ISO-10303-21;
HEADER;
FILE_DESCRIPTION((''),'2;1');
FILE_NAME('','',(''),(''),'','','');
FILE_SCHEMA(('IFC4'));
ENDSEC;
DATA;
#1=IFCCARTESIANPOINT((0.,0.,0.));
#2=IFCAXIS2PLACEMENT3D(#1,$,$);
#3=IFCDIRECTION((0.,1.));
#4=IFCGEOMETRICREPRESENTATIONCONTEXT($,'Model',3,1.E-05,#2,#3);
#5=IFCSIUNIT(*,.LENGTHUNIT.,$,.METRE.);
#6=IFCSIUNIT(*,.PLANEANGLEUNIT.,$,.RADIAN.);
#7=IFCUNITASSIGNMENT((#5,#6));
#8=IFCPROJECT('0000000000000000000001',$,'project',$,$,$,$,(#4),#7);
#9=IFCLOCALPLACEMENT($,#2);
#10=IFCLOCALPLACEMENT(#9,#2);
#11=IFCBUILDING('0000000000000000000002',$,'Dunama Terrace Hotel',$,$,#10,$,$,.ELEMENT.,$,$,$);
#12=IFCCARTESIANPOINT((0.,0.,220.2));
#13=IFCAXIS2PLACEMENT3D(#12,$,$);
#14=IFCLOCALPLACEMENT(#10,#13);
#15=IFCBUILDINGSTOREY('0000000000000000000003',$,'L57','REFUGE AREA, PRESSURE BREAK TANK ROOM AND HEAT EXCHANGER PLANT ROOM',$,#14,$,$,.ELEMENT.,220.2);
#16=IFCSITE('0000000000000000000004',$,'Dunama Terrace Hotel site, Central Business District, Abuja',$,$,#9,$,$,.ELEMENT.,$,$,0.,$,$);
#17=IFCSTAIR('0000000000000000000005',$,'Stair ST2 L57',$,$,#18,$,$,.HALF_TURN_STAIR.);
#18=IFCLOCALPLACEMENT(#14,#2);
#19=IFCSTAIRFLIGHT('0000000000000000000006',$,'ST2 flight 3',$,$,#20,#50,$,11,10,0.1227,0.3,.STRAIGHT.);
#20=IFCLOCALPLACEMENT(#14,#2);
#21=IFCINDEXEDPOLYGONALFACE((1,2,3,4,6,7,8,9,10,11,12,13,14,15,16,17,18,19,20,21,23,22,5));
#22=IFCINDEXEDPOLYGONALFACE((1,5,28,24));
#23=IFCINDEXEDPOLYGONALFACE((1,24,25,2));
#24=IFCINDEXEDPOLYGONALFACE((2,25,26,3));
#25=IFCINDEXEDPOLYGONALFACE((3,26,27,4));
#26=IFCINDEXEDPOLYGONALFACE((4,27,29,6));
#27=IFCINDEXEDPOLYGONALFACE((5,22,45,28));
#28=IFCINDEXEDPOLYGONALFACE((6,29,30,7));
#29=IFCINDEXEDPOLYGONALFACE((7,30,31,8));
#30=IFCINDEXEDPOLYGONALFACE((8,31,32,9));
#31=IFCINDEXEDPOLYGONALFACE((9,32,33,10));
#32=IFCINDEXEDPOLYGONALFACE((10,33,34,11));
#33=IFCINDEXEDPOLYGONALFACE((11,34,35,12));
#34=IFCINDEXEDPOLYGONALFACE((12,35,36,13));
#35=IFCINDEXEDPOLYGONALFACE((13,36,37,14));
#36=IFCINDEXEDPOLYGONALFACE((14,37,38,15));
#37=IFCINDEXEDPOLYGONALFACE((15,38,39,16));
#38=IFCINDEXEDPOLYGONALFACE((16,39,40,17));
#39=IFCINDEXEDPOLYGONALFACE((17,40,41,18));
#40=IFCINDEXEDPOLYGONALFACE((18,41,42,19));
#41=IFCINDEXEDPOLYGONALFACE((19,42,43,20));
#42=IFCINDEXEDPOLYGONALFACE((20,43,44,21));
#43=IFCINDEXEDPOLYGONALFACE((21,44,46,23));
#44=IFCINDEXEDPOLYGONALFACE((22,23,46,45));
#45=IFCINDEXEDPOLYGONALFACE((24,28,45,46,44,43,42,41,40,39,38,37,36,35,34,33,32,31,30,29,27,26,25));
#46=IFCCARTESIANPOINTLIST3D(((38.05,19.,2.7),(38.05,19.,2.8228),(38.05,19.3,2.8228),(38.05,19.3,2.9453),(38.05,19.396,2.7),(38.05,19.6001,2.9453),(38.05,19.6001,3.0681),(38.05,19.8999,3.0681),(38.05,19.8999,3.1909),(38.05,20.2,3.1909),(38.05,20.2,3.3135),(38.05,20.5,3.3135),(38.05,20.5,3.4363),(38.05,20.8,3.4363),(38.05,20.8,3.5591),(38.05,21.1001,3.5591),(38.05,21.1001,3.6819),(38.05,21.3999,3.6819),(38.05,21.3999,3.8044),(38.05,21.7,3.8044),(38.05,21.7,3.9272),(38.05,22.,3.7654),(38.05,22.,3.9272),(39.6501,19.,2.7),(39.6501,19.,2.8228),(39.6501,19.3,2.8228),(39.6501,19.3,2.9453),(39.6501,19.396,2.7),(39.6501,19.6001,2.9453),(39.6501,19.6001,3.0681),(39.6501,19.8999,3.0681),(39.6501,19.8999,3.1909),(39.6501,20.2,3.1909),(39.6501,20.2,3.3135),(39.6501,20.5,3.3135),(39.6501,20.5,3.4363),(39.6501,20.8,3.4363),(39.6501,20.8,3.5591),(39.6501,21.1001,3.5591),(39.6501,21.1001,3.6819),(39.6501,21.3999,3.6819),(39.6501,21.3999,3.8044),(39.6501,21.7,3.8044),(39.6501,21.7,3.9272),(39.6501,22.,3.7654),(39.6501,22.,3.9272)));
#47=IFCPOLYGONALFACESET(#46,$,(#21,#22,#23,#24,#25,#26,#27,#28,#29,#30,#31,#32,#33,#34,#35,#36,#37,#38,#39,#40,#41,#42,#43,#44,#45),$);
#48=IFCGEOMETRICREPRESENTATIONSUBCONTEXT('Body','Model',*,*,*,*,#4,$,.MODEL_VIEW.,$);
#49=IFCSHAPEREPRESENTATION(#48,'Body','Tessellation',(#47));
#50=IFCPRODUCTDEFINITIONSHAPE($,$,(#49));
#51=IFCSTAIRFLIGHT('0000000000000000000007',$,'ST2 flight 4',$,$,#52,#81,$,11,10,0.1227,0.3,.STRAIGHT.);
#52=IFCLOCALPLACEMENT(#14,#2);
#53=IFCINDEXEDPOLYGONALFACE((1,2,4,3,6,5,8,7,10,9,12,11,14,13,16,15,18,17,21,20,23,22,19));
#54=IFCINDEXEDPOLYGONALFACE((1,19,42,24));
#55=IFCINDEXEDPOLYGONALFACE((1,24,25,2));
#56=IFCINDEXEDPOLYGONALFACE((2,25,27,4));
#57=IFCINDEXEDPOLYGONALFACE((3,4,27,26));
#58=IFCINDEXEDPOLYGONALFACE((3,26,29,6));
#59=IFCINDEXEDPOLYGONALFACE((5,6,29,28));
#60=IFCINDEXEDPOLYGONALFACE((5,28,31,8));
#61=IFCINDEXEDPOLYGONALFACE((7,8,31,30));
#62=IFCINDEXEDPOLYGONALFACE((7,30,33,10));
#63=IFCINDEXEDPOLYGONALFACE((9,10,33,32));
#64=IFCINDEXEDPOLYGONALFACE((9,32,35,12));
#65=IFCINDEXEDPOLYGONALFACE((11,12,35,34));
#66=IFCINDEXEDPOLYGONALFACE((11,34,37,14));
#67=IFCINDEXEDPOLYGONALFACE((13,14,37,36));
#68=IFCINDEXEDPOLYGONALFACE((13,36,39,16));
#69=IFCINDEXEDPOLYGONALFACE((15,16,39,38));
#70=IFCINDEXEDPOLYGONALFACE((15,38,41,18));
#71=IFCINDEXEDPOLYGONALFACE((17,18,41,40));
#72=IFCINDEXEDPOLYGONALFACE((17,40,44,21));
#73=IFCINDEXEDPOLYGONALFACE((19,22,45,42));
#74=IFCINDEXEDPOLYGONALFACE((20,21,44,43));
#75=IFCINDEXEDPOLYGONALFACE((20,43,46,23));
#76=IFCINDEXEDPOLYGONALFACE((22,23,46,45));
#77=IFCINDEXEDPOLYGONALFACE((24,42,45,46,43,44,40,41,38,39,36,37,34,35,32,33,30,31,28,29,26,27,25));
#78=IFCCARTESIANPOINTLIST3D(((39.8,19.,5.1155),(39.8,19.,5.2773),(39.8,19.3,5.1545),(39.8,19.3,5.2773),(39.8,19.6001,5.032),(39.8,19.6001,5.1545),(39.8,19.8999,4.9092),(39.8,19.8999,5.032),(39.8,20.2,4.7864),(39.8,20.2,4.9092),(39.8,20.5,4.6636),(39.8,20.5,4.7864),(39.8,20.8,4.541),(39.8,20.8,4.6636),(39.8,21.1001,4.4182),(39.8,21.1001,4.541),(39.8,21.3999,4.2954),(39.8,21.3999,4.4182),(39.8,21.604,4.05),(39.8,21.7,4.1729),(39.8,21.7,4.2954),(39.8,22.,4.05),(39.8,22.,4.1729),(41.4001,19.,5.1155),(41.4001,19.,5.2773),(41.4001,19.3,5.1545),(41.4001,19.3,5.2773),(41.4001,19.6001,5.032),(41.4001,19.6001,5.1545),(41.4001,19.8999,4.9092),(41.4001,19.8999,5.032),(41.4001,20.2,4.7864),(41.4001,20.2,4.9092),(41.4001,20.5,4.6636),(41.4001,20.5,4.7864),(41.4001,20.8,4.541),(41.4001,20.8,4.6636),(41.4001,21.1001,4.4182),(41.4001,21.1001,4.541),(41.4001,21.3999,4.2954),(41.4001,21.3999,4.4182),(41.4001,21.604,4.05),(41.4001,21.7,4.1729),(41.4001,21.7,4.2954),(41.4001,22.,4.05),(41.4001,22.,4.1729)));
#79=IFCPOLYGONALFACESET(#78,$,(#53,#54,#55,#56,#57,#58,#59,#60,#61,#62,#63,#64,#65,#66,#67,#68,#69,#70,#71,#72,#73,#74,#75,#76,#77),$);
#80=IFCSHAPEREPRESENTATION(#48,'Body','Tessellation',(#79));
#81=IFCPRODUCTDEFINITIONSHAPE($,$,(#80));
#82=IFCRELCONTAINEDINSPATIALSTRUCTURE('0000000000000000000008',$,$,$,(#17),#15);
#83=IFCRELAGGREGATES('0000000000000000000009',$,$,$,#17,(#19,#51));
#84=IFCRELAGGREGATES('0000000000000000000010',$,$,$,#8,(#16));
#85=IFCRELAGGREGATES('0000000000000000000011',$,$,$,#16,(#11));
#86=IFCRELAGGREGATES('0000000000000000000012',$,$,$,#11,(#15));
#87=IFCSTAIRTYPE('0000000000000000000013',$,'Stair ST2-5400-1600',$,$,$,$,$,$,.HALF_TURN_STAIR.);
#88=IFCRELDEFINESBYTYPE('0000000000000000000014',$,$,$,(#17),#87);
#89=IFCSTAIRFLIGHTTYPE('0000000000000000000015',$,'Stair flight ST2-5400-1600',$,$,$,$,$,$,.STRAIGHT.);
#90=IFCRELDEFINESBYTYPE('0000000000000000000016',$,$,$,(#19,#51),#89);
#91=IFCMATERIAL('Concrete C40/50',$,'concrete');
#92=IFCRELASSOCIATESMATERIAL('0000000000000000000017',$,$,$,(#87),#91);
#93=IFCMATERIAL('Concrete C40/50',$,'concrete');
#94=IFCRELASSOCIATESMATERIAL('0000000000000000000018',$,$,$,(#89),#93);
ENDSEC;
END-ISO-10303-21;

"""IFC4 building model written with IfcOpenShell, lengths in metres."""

from ifc_helpers import new_model, si_unit, direction, frame, origin, place, context, subcontext, project, spatial, polyline, outline, extrude, material, type_object, element, aggregate, save


model = new_model("IFC4")

# Units and contexts
model_context = context("Model", 3, precision=1e-05, world=origin(), true_north=direction((0.0, 1.0)))
body_context = subcontext(model_context, "Body", "Model", "MODEL_VIEW")
ifc_project = project(units=[si_unit("LENGTHUNIT", "METRE"), si_unit("PLANEANGLEUNIT", "RADIAN")], contexts=[model_context])

# Site, building, storey
site_placement = place(None, origin())
site = spatial("IfcSite", under=ifc_project, at=site_placement, Name="Dunama Terrace Hotel site, Central Business District, Abuja", CompositionType="ELEMENT", RefElevation=0.0)
building_placement = place(site_placement, origin())
building = spatial("IfcBuilding", under=site, at=building_placement, Name="Dunama Terrace Hotel", CompositionType="ELEMENT")
storey_placement = place(building_placement, frame((0.0, 0.0, 220.2)))
storey = spatial("IfcBuildingStorey", under=building, at=storey_placement, Name="L57", Description="REFUGE AREA, PRESSURE BREAK TANK ROOM AND HEAT EXCHANGER PLANT ROOM", CompositionType="ELEMENT", Elevation=220.2)

# Stair, stair flights
ifc_material_1 = material(Name="Concrete C40/50", Category="concrete")
stair_type = type_object("IfcStairType", Name="Stair ST2-5400-1600", PredefinedType="HALF_TURN_STAIR", material=ifc_material_1)
stair_placement = place(storey_placement, origin())
stair = element("IfcStair", 1, at=stair_placement, inside=storey, type_object=stair_type, Name="Stair ST2 L57", PredefinedType="HALF_TURN_STAIR")
ifc_material_2 = material(Name="Concrete C40/50", Category="concrete")
stair_flight_type = type_object("IfcStairFlightType", Name="Stair flight ST2-5400-1600", PredefinedType="STRAIGHT", material=ifc_material_2)
stair_flight_1_placement = place(storey_placement, frame((38.8501, 19.0, 2.7), z_axis=(0.0, 0.0, 1.0), x_axis=(0.0, 1.0, 0.0)))
stair_flight_1 = element("IfcStairFlight", 2, at=stair_flight_1_placement, type_object=stair_flight_type, Name="ST2 flight 3", NumberOfRisers=11, NumberOfTreads=10, PredefinedType="STRAIGHT", RiserHeight=0.1227, TreadLength=0.3, context=body_context, shape_type="SweptSolid", body=[
    extrude(outline(polyline([(0.0, 0.0), (0.0, 0.1228), (0.3, 0.1228), (0.3, 0.2454), (0.6001, 0.2454), (0.6001, 0.3682), (0.8999, 0.3682), (0.8999, 0.491), (1.2, 0.491), (1.2, 0.6135), (1.5, 0.6135), (1.5, 0.7363), (1.8, 0.7363), (1.8, 0.8591), (2.1001, 0.8591), (2.1001, 0.9819), (2.3999, 0.9819), (2.3999, 1.1045), (2.7, 1.1045), (2.7, 1.2273), (3.0, 1.2273), (3.0, 1.3501), (3.0, 1.0654), (0.396, 0.0), (0.0, 0.0)])), frame((0.0, 0.8, 0.0), z_axis=(0.0, -1.0, 0.0), x_axis=(1.0, 0.0, 0.0)), (0.0, 0.0, 1.0), 1.6001),
])
stair_flight_2_placement = place(storey_placement, frame((40.6001, 22.0, 4.05), z_axis=(0.0, 0.0, 1.0), x_axis=(0.0, -1.0, 0.0)))
stair_flight_2 = element("IfcStairFlight", 3, at=stair_flight_2_placement, type_object=stair_flight_type, Name="ST2 flight 4", NumberOfRisers=11, NumberOfTreads=10, PredefinedType="STRAIGHT", RiserHeight=0.1227, TreadLength=0.3, context=body_context, shape_type="SweptSolid", body=[
    extrude(outline(polyline([(0.0, 0.0), (0.0, 0.1228), (0.3, 0.1228), (0.3, 0.2454), (0.6001, 0.2454), (0.6001, 0.3682), (0.8999, 0.3682), (0.8999, 0.491), (1.2, 0.491), (1.2, 0.6135), (1.5, 0.6135), (1.5, 0.7363), (1.8, 0.7363), (1.8, 0.8591), (2.1001, 0.8591), (2.1001, 0.9819), (2.3999, 0.9819), (2.3999, 1.1045), (2.7, 1.1045), (2.7, 1.2273), (3.0, 1.2273), (3.0, 1.3501), (3.0, 1.0654), (0.396, 0.0), (0.0, 0.0)])), frame((0.0, 0.8, 0.0), z_axis=(0.0, -1.0, 0.0), x_axis=(1.0, 0.0, 0.0)), (0.0, 0.0, 1.0), 1.6001),
])
aggregate(stair, [stair_flight_1, stair_flight_2])

save(model, "model.ifc")
